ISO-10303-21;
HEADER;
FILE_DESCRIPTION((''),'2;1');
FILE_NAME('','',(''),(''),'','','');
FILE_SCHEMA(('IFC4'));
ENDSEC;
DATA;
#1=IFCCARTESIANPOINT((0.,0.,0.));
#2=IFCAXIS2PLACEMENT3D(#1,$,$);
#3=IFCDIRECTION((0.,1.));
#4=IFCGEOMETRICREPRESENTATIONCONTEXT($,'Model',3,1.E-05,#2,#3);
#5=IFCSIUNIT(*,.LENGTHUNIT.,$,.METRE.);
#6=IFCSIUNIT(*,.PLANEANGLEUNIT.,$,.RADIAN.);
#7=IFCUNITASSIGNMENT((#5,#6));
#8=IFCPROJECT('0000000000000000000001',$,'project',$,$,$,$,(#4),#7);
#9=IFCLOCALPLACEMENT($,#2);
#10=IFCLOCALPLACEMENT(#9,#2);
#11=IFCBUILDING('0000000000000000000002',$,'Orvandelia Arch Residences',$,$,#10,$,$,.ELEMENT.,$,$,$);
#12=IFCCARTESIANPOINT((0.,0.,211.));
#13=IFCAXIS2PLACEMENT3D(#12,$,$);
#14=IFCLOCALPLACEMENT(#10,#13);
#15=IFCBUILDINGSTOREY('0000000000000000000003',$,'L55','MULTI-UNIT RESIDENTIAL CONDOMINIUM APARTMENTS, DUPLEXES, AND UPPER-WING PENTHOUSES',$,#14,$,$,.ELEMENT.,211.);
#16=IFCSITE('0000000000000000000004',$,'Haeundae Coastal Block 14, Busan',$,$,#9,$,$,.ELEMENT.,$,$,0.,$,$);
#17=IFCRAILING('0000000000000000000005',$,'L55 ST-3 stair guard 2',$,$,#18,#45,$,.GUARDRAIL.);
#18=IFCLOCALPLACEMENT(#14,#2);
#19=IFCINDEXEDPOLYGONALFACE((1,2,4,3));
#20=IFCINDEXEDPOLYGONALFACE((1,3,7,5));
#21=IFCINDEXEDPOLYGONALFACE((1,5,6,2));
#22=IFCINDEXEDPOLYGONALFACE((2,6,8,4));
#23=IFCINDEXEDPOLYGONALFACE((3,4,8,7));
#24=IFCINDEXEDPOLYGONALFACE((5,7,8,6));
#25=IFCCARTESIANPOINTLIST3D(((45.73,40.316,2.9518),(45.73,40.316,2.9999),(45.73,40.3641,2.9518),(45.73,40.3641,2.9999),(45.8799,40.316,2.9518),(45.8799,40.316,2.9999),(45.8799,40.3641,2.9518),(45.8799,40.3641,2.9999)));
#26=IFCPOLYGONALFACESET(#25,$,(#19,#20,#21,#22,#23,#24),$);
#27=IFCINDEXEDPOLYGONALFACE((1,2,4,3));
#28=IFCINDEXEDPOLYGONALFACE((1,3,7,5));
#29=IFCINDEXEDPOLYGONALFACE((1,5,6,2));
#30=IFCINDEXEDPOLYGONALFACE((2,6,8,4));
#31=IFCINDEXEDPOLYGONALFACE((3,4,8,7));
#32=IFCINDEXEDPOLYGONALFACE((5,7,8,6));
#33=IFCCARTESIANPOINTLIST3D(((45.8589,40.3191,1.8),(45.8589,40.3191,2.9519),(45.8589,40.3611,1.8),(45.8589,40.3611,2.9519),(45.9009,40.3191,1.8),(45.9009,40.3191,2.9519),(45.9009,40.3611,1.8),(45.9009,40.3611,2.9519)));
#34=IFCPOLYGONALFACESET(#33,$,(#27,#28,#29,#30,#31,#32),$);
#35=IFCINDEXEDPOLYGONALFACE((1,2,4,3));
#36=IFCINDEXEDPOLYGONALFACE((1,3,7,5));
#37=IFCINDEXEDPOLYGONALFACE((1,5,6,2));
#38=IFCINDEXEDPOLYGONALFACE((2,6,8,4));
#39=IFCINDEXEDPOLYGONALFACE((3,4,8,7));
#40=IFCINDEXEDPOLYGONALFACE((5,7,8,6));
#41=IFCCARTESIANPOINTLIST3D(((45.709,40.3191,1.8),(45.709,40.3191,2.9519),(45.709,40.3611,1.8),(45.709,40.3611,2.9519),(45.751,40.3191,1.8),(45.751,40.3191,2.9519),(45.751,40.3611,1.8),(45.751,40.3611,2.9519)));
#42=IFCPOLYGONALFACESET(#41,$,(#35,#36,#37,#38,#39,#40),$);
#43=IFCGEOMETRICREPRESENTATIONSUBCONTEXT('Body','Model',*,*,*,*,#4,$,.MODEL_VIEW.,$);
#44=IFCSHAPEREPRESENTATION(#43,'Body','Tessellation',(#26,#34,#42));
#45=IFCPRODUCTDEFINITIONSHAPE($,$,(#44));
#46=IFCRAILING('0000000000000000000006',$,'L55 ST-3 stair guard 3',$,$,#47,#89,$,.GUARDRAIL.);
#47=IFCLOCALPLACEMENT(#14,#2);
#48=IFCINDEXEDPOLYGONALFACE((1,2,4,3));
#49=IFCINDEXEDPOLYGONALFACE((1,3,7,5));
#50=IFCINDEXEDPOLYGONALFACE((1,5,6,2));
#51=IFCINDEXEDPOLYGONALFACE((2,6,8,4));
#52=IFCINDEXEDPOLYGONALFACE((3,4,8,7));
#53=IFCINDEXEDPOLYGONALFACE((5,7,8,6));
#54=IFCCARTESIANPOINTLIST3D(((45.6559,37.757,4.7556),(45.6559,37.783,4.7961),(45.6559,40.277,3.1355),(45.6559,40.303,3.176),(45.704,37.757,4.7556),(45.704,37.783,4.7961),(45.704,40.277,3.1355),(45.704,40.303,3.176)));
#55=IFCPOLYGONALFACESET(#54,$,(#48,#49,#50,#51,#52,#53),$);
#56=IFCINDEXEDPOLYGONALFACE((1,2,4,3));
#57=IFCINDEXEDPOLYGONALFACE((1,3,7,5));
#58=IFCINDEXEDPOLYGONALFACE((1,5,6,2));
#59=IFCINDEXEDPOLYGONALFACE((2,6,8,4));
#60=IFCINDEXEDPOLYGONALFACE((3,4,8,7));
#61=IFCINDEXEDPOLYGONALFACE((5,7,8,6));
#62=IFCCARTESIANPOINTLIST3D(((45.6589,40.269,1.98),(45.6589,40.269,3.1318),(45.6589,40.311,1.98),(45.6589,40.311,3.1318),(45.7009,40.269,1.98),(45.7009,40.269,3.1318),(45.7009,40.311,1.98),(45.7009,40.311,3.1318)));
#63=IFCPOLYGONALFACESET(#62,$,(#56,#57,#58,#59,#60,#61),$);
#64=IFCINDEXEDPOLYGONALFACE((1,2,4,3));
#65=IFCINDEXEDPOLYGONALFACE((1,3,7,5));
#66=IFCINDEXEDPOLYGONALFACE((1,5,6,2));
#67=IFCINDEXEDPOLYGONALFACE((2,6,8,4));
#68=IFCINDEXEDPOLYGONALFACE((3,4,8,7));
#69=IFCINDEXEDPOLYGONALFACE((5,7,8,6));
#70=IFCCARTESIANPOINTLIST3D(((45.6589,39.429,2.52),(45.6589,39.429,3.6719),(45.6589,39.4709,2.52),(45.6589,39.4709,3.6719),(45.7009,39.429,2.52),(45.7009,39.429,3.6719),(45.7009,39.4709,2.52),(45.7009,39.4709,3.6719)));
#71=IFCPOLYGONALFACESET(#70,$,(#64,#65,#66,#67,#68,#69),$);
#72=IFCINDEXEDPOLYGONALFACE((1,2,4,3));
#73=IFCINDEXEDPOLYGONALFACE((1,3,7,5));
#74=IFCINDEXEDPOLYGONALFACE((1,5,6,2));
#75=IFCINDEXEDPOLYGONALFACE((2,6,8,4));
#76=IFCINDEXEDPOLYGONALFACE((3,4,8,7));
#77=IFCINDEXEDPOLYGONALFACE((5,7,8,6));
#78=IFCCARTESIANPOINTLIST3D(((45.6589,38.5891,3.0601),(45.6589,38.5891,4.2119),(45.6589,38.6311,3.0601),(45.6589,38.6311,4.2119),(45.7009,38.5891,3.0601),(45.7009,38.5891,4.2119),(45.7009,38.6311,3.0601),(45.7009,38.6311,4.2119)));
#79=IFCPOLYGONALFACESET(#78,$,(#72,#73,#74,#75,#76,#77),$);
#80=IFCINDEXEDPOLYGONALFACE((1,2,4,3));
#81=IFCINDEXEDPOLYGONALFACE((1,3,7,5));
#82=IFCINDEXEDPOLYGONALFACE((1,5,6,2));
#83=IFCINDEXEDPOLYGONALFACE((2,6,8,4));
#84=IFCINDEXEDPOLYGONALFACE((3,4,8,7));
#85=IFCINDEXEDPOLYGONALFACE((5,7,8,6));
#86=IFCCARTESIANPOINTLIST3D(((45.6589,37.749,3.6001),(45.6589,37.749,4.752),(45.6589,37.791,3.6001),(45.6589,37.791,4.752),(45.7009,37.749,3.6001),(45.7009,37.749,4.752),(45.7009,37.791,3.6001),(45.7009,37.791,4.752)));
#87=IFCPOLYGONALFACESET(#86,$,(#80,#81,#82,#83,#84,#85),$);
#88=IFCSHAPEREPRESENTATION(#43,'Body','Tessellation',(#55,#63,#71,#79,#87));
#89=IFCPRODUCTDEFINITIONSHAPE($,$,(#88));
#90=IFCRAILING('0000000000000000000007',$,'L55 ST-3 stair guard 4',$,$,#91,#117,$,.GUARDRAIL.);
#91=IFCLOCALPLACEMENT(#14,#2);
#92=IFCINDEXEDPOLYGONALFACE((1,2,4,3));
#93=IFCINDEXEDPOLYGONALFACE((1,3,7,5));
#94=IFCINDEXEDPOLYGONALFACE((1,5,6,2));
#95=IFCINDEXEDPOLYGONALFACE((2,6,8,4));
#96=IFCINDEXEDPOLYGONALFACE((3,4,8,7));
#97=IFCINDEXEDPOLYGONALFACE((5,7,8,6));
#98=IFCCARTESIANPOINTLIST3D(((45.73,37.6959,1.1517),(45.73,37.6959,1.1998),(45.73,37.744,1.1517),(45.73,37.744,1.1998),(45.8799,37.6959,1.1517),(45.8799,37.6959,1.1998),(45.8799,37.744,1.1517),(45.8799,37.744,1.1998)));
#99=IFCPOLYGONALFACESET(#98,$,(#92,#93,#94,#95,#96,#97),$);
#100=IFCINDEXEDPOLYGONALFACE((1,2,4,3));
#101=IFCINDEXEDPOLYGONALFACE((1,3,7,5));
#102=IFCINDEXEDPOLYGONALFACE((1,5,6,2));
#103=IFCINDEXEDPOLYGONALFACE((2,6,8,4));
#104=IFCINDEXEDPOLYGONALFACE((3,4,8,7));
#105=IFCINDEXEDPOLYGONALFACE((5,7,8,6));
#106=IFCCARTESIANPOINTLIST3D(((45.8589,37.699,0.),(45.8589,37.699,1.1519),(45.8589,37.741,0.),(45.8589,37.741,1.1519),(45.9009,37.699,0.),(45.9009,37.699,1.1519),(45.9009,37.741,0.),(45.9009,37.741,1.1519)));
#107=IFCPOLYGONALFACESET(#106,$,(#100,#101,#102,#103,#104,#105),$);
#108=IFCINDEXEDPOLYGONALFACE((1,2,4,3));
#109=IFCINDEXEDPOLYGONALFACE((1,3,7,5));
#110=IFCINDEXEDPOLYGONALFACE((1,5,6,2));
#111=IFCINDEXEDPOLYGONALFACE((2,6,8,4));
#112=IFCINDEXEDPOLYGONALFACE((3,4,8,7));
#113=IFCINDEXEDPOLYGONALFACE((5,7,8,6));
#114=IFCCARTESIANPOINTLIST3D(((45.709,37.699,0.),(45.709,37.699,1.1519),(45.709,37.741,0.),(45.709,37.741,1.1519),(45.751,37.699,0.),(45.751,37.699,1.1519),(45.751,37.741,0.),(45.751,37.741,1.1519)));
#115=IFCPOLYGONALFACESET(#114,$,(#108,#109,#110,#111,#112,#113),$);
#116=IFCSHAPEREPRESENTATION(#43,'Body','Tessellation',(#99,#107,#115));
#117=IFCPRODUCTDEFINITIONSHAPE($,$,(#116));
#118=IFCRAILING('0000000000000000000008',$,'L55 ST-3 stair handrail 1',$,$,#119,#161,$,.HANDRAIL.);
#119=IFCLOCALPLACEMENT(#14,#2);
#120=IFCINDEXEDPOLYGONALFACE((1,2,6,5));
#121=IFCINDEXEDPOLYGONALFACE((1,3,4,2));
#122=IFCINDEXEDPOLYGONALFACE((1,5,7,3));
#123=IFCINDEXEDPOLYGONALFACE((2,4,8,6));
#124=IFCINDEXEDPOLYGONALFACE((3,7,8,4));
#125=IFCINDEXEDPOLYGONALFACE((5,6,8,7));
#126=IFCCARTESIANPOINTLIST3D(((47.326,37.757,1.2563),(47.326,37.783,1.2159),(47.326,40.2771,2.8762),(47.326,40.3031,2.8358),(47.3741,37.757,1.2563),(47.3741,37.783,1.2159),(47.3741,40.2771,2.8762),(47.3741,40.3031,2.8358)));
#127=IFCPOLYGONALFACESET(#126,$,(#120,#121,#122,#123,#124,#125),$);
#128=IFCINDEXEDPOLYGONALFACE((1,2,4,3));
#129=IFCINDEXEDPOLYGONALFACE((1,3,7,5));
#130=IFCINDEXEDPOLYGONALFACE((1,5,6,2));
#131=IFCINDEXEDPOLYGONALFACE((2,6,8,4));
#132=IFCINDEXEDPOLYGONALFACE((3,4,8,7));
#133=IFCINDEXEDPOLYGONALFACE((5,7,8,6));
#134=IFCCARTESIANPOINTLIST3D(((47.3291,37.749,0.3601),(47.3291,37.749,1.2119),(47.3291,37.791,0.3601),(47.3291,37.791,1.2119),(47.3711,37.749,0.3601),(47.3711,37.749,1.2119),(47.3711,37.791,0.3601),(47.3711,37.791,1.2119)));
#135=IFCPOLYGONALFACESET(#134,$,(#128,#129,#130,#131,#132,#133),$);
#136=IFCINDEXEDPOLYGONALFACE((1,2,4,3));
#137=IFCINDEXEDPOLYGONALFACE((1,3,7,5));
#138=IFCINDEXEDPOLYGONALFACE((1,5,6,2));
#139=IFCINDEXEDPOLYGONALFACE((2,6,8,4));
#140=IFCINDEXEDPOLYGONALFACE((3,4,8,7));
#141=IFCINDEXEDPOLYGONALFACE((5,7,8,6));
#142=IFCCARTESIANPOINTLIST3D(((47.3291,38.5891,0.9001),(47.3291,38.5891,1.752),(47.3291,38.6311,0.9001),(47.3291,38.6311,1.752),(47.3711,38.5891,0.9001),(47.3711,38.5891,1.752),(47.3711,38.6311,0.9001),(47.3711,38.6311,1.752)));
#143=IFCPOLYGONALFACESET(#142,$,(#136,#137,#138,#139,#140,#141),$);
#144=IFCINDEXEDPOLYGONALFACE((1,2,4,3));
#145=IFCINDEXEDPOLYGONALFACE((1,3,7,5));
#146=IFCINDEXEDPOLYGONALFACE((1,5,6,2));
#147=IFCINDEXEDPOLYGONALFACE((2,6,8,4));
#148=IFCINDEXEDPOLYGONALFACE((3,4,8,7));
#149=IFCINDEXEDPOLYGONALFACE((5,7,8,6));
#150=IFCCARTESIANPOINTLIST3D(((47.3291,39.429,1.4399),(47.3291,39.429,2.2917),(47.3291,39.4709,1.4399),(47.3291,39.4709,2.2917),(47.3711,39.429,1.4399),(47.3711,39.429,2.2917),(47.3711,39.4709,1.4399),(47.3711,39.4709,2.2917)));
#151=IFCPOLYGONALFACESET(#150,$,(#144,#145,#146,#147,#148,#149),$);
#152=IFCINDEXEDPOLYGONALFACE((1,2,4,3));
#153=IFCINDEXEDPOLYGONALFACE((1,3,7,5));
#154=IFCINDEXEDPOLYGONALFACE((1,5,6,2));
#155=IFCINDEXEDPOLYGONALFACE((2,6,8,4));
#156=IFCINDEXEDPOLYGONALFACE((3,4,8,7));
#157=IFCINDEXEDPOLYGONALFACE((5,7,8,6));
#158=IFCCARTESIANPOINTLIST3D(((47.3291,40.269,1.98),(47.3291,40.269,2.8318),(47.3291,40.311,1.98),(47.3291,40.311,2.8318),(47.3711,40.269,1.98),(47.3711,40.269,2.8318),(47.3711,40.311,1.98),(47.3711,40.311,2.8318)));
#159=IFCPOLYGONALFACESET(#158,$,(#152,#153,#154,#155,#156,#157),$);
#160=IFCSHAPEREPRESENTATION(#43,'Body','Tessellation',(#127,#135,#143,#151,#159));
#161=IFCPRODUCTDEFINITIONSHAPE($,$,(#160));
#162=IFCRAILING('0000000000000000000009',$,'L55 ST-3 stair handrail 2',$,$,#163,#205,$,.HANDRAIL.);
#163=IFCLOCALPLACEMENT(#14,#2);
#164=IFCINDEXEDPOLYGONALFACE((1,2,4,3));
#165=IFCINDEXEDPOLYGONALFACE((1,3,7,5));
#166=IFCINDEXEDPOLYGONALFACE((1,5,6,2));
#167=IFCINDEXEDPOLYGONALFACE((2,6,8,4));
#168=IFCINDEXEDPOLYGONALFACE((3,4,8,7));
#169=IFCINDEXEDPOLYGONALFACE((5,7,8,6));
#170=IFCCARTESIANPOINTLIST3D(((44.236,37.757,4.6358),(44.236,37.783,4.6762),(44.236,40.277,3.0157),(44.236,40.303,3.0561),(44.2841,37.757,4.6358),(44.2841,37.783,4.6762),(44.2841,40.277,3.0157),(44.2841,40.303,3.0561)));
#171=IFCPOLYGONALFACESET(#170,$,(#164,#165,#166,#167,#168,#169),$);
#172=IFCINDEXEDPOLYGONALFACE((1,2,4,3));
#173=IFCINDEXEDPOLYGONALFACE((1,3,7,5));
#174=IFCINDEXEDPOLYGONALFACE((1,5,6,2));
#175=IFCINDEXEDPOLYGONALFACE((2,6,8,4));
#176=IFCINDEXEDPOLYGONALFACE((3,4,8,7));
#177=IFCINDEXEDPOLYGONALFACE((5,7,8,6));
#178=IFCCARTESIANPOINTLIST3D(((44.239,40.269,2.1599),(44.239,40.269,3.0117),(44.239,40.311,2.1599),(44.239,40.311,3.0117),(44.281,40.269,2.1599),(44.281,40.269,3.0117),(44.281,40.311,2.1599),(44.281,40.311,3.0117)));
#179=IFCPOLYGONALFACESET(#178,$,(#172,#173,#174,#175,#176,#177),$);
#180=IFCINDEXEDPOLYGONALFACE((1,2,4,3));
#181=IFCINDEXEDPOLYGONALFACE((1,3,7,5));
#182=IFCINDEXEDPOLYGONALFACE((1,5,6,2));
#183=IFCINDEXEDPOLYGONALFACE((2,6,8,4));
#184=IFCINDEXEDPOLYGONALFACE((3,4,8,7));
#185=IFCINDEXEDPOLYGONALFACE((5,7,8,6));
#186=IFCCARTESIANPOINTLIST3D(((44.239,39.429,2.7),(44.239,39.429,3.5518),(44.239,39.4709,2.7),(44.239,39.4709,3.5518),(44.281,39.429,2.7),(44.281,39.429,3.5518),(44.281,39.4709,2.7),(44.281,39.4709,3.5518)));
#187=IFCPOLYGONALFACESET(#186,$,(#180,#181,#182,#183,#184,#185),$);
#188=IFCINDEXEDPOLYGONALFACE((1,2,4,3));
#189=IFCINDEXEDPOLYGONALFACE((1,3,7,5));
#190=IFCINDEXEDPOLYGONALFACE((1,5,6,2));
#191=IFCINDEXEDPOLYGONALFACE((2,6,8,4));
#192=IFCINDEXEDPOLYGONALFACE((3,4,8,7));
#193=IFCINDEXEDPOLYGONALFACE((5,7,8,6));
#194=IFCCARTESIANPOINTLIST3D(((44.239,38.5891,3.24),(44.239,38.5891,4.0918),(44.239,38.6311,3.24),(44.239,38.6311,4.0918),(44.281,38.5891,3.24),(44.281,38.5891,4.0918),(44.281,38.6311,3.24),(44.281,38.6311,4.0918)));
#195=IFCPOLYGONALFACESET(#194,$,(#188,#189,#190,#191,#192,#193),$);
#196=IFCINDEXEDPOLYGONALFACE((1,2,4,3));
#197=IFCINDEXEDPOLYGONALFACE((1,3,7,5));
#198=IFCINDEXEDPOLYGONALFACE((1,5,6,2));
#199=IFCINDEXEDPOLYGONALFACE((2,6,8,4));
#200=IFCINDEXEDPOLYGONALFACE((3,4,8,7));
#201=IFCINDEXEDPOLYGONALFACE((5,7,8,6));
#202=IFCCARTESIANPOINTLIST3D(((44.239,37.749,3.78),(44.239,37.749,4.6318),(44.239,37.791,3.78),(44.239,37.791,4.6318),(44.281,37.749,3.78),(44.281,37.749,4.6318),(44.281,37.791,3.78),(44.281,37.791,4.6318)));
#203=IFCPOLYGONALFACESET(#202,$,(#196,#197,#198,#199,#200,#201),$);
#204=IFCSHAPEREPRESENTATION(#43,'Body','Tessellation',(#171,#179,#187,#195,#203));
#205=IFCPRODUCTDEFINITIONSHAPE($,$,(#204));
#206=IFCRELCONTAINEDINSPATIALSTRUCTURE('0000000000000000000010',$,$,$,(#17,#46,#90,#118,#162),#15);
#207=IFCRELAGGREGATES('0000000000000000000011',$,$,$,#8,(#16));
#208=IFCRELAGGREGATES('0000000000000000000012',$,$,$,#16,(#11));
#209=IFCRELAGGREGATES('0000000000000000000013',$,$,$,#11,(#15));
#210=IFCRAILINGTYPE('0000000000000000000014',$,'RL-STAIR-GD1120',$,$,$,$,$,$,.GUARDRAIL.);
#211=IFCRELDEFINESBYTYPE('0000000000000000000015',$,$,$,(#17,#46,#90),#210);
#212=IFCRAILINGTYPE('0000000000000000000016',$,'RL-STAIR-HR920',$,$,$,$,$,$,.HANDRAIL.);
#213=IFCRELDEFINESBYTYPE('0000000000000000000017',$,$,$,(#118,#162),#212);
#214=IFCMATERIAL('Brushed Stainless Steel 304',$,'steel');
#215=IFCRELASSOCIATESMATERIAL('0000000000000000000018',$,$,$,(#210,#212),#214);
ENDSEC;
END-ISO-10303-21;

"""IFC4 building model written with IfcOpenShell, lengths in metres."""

from ifc_helpers import new_model, si_unit, direction, frame, origin, origin_2d, place, context, subcontext, project, spatial, rectangle, extrude, material, type_object, element, save


model = new_model("IFC4")

# Units and contexts
model_context = context("Model", 3, precision=1e-05, world=origin(), true_north=direction((0.0, 1.0)))
body_context = subcontext(model_context, "Body", "Model", "MODEL_VIEW")
ifc_project = project(units=[si_unit("LENGTHUNIT", "METRE"), si_unit("PLANEANGLEUNIT", "RADIAN")], contexts=[model_context])

# Site, building, storey
site_placement = place(None, origin())
site = spatial("IfcSite", under=ifc_project, at=site_placement, Name="Haeundae Coastal Block 14, Busan", CompositionType="ELEMENT", RefElevation=0.0)
building_placement = place(site_placement, origin())
building = spatial("IfcBuilding", under=site, at=building_placement, Name="Orvandelia Arch Residences", CompositionType="ELEMENT")
storey_placement = place(building_placement, frame((0.0, 0.0, 211.0)))
storey = spatial("IfcBuildingStorey", under=building, at=storey_placement, Name="L55", Description="MULTI-UNIT RESIDENTIAL CONDOMINIUM APARTMENTS, DUPLEXES, AND UPPER-WING PENTHOUSES", CompositionType="ELEMENT", Elevation=211.0)

# Railings
ifc_material_1 = material(Name="Brushed Stainless Steel 304", Category="steel")
railing_type_1 = type_object("IfcRailingType", Name="RL-STAIR-GD1120", PredefinedType="GUARDRAIL", material=ifc_material_1)
railing_1_placement = place(storey_placement, frame((45.8799, 40.3401, 1.8)))
element("IfcRailing", 1, at=railing_1_placement, inside=storey, type_object=railing_type_1, Name="L55 ST-3 stair guard 2", PredefinedType="GUARDRAIL", context=body_context, shape_type="SweptSolid", body=[
    extrude(rectangle(XDim=0.0481, YDim=0.0481, at=origin_2d()), frame((0.0, 0.0, 1.1758), z_axis=(-1.0, 0.0, 0.0), x_axis=(0.0, -1.0, 0.0)), (0.0, 0.0, 1.0), 0.1499),
    extrude(rectangle(XDim=0.042, YDim=0.042, at=origin_2d()), origin(), (0.0, 0.0, 1.0), 1.1519),
    extrude(rectangle(XDim=0.042, YDim=0.042, at=origin_2d()), frame((-0.1499, 0.0, 0.0)), (0.0, 0.0, 1.0), 1.1519),
])
railing_2_placement = place(storey_placement, frame((45.6799, 40.29, 1.98)))
element("IfcRailing", 2, at=railing_2_placement, inside=storey, type_object=railing_type_1, Name="L55 ST-3 stair guard 3", PredefinedType="GUARDRAIL", context=body_context, shape_type="SweptSolid", body=[
    extrude(rectangle(XDim=0.0481, YDim=0.0481, at=origin_2d()), frame((0.0, 0.0, 1.1758), z_axis=(0.0, -0.841163, 0.540782), x_axis=(1.0, 0.0, 0.0)), (0.0, 0.0, 1.0), 2.9958),
    extrude(rectangle(XDim=0.042, YDim=0.042, at=origin_2d()), origin(), (0.0, 0.0, 1.0), 1.1519),
    extrude(rectangle(XDim=0.042, YDim=0.042, at=origin_2d()), frame((0.0, -0.8401, 0.54)), (0.0, 0.0, 1.0), 1.1519),
    extrude(rectangle(XDim=0.042, YDim=0.042, at=origin_2d()), frame((0.0, -1.6799, 1.0801)), (0.0, 0.0, 1.0), 1.1519),
    extrude(rectangle(XDim=0.042, YDim=0.042, at=origin_2d()), frame((0.0, -2.52, 1.6201)), (0.0, 0.0, 1.0), 1.1519),
])
railing_3_placement = place(storey_placement, frame((45.8799, 37.72, 0.0)))
element("IfcRailing", 3, at=railing_3_placement, inside=storey, type_object=railing_type_1, Name="L55 ST-3 stair guard 4", PredefinedType="GUARDRAIL", context=body_context, shape_type="SweptSolid", body=[
    extrude(rectangle(XDim=0.0481, YDim=0.0481, at=origin_2d()), frame((0.0, 0.0, 1.1758), z_axis=(-1.0, 0.0, 0.0), x_axis=(0.0, -1.0, 0.0)), (0.0, 0.0, 1.0), 0.1499),
    extrude(rectangle(XDim=0.042, YDim=0.042, at=origin_2d()), origin(), (0.0, 0.0, 1.0), 1.1519),
    extrude(rectangle(XDim=0.042, YDim=0.042, at=origin_2d()), frame((-0.1499, 0.0, 0.0)), (0.0, 0.0, 1.0), 1.1519),
])
railing_type_2 = type_object("IfcRailingType", Name="RL-STAIR-HR920", PredefinedType="HANDRAIL", material=ifc_material_1)
railing_4_placement = place(storey_placement, frame((47.3501, 37.77, 0.3601)))
element("IfcRailing", 4, at=railing_4_placement, inside=storey, type_object=railing_type_2, Name="L55 ST-3 stair handrail 1", PredefinedType="HANDRAIL", context=body_context, shape_type="SweptSolid", body=[
    extrude(rectangle(XDim=0.0481, YDim=0.0481, at=origin_2d()), frame((0.0, 0.0, 0.876), z_axis=(0.0, 0.8412, 0.540725), x_axis=(-1.0, 0.0, 0.0)), (0.0, 0.0, 1.0), 2.9958),
    extrude(rectangle(XDim=0.042, YDim=0.042, at=origin_2d()), origin(), (0.0, 0.0, 1.0), 0.8518),
    extrude(rectangle(XDim=0.042, YDim=0.042, at=origin_2d()), frame((0.0, 0.8401, 0.54)), (0.0, 0.0, 1.0), 0.8518),
    extrude(rectangle(XDim=0.042, YDim=0.042, at=origin_2d()), frame((0.0, 1.6799, 1.0798)), (0.0, 0.0, 1.0), 0.8518),
    extrude(rectangle(XDim=0.042, YDim=0.042, at=origin_2d()), frame((0.0, 2.52, 1.6199)), (0.0, 0.0, 1.0), 0.8518),
])
railing_5_placement = place(storey_placement, frame((44.26, 40.29, 2.1599)))
element("IfcRailing", 5, at=railing_5_placement, inside=storey, type_object=railing_type_2, Name="L55 ST-3 stair handrail 2", PredefinedType="HANDRAIL", context=body_context, shape_type="SweptSolid", body=[
    extrude(rectangle(XDim=0.0481, YDim=0.0481, at=origin_2d()), frame((0.0, 0.0, 0.876), z_axis=(0.0, -0.841163, 0.540782), x_axis=(1.0, 0.0, 0.0)), (0.0, 0.0, 1.0), 2.9958),
    extrude(rectangle(XDim=0.042, YDim=0.042, at=origin_2d()), origin(), (0.0, 0.0, 1.0), 0.8518),
    extrude(rectangle(XDim=0.042, YDim=0.042, at=origin_2d()), frame((0.0, -0.8401, 0.54)), (0.0, 0.0, 1.0), 0.8518),
    extrude(rectangle(XDim=0.042, YDim=0.042, at=origin_2d()), frame((0.0, -1.6799, 1.0801)), (0.0, 0.0, 1.0), 0.8518),
    extrude(rectangle(XDim=0.042, YDim=0.042, at=origin_2d()), frame((0.0, -2.52, 1.6201)), (0.0, 0.0, 1.0), 0.8518),
])

save(model, "model.ifc")
